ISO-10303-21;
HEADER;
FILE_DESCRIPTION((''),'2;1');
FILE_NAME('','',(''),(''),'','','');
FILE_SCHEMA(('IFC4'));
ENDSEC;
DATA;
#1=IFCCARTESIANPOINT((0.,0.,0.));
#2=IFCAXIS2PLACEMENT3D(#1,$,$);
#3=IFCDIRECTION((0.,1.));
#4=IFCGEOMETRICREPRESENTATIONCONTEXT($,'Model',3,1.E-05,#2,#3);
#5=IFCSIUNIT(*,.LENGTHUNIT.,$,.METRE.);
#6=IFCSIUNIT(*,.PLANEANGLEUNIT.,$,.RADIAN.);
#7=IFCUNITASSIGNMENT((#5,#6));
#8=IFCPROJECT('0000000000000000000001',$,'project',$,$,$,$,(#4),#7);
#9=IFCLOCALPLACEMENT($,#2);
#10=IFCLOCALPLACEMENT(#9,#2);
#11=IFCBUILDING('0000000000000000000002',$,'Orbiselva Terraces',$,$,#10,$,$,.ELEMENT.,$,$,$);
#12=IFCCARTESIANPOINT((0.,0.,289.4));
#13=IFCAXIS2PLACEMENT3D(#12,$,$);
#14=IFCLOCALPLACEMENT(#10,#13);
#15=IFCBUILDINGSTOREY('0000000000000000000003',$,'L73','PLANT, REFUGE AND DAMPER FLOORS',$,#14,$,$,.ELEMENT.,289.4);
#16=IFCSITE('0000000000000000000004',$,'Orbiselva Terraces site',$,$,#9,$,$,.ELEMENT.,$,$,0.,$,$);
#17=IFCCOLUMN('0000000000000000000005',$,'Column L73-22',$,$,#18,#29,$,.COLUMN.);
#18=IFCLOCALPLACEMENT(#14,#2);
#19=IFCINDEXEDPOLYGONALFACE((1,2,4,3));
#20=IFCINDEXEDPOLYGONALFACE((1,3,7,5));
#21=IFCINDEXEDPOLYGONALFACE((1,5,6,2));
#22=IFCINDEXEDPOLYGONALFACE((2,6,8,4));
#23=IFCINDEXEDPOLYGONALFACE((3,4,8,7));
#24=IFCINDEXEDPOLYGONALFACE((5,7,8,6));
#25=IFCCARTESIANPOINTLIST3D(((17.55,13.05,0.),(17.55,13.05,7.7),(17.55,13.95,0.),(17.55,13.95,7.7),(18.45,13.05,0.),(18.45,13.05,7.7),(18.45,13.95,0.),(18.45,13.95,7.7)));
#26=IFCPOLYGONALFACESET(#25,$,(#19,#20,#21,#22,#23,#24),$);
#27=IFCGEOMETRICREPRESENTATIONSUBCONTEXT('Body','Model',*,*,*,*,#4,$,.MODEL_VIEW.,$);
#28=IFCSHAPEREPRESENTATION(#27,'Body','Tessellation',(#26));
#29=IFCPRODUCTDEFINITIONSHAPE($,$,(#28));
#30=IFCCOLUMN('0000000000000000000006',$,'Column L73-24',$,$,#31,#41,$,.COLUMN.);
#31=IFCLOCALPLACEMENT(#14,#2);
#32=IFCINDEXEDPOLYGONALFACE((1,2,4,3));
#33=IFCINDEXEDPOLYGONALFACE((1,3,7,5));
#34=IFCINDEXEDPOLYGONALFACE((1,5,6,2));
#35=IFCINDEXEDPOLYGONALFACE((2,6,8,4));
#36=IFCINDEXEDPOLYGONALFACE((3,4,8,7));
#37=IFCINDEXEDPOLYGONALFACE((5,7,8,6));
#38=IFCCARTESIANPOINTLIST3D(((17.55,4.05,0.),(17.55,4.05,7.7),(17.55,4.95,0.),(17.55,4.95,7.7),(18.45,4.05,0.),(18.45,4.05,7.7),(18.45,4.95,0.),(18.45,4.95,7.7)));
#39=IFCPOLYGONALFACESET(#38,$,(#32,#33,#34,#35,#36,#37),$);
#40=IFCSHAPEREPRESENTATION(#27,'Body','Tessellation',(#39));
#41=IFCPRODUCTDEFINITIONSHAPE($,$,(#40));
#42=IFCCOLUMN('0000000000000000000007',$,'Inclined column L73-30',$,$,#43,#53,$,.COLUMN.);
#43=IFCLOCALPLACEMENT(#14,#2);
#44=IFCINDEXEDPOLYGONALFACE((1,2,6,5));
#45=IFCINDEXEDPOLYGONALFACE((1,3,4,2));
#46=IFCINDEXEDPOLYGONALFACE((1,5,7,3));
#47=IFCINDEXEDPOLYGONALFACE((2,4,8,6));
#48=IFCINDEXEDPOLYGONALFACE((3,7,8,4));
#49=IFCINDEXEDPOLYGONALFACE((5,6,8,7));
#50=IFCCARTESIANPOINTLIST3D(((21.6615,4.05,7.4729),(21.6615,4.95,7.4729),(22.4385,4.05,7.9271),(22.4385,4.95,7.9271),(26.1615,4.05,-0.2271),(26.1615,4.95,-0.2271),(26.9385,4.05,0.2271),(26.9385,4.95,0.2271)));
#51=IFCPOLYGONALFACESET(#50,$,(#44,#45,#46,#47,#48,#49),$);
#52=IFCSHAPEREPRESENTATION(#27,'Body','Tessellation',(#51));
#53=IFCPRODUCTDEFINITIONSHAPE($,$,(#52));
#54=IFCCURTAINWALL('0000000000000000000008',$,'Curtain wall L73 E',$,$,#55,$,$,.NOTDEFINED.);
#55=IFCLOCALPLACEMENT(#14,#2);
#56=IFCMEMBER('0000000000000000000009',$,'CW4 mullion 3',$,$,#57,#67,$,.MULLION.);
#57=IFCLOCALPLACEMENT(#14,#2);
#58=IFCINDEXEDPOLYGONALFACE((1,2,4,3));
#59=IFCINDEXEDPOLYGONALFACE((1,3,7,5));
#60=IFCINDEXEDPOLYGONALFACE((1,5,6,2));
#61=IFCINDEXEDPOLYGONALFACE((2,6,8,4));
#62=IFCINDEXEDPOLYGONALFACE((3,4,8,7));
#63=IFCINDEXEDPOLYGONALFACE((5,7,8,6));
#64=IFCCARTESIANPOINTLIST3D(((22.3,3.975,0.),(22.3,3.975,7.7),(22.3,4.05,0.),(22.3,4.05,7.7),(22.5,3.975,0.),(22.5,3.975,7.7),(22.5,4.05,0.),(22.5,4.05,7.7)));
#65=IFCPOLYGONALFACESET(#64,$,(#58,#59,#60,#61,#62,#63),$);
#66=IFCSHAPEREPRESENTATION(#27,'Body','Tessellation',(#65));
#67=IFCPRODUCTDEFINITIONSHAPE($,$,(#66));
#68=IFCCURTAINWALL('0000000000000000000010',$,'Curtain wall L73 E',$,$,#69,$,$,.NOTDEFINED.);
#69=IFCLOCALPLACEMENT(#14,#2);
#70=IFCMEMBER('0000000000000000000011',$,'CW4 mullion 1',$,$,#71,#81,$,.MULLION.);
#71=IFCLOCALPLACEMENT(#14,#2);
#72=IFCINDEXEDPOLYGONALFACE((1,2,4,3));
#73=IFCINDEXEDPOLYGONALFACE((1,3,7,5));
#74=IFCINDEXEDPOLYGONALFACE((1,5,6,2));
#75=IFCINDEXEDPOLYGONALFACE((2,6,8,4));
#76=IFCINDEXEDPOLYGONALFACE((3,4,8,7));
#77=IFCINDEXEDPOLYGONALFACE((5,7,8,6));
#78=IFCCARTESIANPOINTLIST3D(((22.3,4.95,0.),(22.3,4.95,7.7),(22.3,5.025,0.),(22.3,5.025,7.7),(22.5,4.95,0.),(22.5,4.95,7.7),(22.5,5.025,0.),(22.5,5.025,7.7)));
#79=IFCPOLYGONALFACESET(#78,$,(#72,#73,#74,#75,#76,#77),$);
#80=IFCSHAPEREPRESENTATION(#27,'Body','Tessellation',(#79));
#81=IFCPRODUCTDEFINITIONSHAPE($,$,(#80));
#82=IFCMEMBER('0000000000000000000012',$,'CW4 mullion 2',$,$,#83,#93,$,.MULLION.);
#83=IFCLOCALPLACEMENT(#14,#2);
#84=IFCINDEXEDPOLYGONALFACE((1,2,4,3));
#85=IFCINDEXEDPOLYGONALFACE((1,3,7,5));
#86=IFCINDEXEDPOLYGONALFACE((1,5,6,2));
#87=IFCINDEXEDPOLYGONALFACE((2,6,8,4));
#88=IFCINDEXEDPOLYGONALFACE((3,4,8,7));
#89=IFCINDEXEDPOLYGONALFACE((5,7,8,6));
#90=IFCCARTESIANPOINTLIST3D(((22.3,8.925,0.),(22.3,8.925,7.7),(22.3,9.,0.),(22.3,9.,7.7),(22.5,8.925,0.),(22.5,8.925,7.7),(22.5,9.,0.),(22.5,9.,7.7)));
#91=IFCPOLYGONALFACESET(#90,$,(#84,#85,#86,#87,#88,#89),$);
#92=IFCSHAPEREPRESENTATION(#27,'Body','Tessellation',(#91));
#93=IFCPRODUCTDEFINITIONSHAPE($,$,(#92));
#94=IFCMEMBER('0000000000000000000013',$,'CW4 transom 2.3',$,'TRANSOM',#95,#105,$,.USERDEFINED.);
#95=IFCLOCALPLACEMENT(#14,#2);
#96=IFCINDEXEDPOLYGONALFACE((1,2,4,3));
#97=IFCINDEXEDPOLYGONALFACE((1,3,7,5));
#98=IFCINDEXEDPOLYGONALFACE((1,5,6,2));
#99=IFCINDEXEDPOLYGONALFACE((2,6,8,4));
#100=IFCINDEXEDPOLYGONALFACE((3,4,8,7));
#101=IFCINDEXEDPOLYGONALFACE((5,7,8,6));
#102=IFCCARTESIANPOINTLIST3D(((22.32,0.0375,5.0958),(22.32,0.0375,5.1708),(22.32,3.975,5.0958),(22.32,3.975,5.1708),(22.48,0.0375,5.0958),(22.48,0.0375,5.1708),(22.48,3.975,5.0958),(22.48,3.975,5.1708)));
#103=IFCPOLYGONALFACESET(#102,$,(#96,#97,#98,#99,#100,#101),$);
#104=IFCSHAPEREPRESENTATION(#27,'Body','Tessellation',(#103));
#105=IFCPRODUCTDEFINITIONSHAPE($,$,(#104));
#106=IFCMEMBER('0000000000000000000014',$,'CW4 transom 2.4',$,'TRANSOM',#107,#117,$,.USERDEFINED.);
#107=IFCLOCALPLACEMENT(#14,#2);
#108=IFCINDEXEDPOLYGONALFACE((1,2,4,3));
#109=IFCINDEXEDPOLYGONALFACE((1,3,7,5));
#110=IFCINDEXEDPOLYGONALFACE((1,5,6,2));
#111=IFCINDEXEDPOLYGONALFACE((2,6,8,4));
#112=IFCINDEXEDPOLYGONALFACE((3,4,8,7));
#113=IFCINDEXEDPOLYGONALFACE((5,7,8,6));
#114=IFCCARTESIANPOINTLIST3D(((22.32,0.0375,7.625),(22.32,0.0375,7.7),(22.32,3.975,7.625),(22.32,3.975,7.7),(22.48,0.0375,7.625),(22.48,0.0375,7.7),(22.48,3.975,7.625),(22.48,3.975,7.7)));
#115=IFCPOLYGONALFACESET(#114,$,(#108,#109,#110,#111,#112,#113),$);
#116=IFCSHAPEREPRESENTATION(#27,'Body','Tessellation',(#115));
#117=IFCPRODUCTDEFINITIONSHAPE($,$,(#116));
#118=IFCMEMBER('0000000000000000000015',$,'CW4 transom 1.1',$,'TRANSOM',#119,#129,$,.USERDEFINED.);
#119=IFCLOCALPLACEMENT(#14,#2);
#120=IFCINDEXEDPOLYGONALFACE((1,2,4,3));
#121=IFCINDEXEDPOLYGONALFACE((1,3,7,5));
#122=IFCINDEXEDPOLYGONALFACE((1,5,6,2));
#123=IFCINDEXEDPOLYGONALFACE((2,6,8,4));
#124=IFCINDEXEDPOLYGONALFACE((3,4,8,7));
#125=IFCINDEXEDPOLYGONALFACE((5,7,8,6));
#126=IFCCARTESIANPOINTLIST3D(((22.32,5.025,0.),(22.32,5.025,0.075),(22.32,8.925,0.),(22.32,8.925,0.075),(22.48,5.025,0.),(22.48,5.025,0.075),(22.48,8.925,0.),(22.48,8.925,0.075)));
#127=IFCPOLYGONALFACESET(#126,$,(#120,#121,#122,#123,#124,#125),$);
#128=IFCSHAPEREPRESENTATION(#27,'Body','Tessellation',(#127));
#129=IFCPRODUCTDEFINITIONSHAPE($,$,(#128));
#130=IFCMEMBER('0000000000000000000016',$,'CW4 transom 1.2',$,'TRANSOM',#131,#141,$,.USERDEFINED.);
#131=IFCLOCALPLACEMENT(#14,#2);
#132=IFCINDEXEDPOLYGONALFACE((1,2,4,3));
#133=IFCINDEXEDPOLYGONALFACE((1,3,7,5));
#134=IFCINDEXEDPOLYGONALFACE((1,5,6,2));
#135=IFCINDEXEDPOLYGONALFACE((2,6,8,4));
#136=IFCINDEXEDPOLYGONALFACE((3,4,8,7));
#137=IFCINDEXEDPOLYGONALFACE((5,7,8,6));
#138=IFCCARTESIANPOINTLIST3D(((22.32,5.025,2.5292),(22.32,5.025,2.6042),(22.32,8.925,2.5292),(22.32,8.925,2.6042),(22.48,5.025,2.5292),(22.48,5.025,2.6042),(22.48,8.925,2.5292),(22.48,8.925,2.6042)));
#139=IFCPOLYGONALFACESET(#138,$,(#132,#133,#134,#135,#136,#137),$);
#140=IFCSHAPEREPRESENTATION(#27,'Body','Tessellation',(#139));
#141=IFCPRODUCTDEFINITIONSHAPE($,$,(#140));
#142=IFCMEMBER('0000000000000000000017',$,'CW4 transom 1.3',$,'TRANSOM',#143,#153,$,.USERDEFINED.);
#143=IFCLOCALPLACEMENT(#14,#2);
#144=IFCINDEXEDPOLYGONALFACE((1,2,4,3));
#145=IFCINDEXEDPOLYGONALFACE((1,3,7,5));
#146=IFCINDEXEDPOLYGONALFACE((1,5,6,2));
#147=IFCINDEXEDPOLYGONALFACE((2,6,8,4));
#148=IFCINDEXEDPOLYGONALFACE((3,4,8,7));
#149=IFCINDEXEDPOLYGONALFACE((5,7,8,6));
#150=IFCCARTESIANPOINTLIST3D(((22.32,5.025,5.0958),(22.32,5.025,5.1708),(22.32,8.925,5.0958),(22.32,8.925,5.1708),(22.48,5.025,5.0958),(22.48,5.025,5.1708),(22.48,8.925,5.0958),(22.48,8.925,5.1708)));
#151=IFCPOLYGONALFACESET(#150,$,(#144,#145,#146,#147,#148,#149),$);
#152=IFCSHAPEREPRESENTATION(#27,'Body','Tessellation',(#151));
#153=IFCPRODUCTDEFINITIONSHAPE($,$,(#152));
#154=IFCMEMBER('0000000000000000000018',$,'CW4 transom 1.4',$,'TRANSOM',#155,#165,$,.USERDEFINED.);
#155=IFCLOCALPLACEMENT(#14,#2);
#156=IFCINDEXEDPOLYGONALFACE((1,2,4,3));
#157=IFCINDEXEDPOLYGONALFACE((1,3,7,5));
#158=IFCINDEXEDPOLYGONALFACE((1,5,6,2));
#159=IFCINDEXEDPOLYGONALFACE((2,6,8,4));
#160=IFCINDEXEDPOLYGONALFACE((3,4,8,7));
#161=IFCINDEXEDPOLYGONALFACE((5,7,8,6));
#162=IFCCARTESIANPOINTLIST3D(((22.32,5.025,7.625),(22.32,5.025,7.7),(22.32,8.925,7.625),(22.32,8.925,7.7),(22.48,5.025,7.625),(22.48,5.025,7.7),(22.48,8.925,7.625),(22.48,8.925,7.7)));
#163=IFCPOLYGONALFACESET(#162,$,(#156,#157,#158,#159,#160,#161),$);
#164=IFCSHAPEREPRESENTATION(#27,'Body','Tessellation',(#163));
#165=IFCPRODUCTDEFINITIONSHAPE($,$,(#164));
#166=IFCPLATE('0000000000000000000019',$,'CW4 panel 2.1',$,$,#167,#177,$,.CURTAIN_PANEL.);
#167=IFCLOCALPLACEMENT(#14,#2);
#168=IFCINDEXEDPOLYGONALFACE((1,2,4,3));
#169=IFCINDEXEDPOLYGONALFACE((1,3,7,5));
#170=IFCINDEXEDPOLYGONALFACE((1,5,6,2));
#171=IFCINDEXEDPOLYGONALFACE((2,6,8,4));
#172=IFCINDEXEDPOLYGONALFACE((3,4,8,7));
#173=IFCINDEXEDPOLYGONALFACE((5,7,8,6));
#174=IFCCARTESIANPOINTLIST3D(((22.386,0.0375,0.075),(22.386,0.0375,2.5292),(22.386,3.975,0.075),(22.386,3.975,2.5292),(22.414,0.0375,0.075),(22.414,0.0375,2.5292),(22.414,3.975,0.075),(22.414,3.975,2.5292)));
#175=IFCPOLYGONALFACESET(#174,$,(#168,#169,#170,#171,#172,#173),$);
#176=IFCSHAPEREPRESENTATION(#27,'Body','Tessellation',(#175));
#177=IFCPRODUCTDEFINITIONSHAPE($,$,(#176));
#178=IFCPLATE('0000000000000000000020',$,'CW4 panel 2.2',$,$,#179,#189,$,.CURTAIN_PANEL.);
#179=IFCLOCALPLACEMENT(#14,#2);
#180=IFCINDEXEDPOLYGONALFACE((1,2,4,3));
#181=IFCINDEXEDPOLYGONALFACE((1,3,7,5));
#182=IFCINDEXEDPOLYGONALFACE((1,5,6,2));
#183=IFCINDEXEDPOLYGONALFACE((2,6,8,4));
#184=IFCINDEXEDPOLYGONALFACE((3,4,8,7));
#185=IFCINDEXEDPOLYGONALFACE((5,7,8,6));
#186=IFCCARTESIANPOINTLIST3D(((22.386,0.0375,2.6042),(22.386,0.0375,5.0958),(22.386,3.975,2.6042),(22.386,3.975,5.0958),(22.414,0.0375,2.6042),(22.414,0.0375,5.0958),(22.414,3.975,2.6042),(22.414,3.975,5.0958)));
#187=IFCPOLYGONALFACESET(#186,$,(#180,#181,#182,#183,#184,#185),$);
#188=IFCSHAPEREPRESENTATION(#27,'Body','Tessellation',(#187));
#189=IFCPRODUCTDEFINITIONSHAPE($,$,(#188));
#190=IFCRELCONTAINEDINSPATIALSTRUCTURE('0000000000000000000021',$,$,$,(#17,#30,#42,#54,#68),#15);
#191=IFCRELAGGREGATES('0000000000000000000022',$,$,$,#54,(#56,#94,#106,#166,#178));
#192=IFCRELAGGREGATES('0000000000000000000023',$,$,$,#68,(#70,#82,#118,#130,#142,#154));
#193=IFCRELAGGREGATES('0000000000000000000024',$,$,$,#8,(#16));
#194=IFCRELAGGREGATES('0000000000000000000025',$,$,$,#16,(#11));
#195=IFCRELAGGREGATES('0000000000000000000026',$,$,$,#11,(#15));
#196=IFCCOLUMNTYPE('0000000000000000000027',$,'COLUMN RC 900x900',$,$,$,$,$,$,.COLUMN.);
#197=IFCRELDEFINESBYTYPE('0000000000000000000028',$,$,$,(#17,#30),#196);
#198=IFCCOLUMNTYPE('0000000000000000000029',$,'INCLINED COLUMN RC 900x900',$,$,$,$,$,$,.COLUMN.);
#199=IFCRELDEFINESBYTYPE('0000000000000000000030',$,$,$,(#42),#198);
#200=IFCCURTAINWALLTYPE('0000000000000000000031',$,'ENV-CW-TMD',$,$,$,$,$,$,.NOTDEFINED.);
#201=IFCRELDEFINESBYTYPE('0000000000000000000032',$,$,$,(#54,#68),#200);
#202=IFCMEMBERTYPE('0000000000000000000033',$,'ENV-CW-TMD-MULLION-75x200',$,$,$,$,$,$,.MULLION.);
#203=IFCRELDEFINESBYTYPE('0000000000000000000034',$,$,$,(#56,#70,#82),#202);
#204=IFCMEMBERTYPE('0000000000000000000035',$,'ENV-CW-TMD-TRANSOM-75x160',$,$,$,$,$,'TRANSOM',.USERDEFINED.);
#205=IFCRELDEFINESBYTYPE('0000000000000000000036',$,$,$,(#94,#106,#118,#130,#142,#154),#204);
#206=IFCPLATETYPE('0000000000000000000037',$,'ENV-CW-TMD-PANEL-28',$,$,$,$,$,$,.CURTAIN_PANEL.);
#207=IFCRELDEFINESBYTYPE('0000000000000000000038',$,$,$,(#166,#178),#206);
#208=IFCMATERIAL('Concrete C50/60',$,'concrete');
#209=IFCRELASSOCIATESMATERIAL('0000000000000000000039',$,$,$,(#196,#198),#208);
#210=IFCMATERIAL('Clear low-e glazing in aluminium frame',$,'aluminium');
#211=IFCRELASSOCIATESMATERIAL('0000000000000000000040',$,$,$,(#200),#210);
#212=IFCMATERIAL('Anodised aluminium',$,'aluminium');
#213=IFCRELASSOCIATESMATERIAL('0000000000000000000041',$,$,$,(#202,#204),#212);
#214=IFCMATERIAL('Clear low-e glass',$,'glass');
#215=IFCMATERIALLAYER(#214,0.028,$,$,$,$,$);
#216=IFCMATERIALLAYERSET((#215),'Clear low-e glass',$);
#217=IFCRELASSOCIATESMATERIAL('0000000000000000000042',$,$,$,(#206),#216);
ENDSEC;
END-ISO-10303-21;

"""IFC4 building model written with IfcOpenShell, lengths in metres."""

from ifc_helpers import new_model, si_unit, direction, frame, origin, origin_2d, place, context, subcontext, project, spatial, rectangle, extrude, material, layer, layer_set, material_profile, profile_set, type_object, element, aggregate, save


model = new_model("IFC4")

# Units and contexts
model_context = context("Model", 3, precision=1e-05, world=origin(), true_north=direction((0.0, 1.0)))
body_context = subcontext(model_context, "Body", "Model", "MODEL_VIEW")
ifc_project = project(units=[si_unit("LENGTHUNIT", "METRE"), si_unit("PLANEANGLEUNIT", "RADIAN")], contexts=[model_context])

# Site, building, storey
site_placement = place(None, origin())
site = spatial("IfcSite", under=ifc_project, at=site_placement, Name="Orbiselva Terraces site", CompositionType="ELEMENT", RefElevation=0.0)
building_placement = place(site_placement, origin())
building = spatial("IfcBuilding", under=site, at=building_placement, Name="Orbiselva Terraces", CompositionType="ELEMENT")
storey_placement = place(building_placement, frame((0.0, 0.0, 289.4)))
storey = spatial("IfcBuildingStorey", under=building, at=storey_placement, Name="L73", Description="PLANT, REFUGE AND DAMPER FLOORS", CompositionType="ELEMENT", Elevation=289.4)

# Columns
ifc_material_1 = material(Name="Concrete C50/60", Category="concrete")
ifc_material_profile_1 = material_profile(ifc_material_1, rectangle(XDim=0.9, YDim=0.9, at=origin_2d()), Name="RC 900x900")
ifc_profile_set_1 = profile_set([ifc_material_profile_1], Name="Concrete C50/60")
column_type_1 = type_object("IfcColumnType", Name="COLUMN RC 900x900", PredefinedType="COLUMN", material=ifc_profile_set_1)
for number, where, z_axis, x_axis, name in (
    (1, (18.0, 13.5, 0.0), (0.0, 0.0, 1.0), (1.0, 0.0, 0.0), "Column L73-22"),
    (2, (18.0, 4.5, 0.0), (0.0, 0.0, 1.0), (1.0, 0.0, 0.0), "Column L73-24"),
):
    element("IfcColumn", number, at=place(storey_placement, frame(where, z_axis=z_axis, x_axis=x_axis)), inside=storey, type_object=column_type_1, Name=name, PredefinedType="COLUMN", context=body_context, shape_type="SweptSolid", body=[
        extrude(rectangle(XDim=0.9, YDim=0.9, at=origin_2d()), origin(), (0.0, 0.0, 1.0), 7.7),
    ])
ifc_material_profile_2 = material_profile(ifc_material_1, rectangle(XDim=0.9, YDim=0.9, at=origin_2d()), Name="RC 900x900")
ifc_profile_set_2 = profile_set([ifc_material_profile_2], Name="Concrete C50/60")
column_type_2 = type_object("IfcColumnType", Name="INCLINED COLUMN RC 900x900", PredefinedType="COLUMN", material=ifc_profile_set_2)
column_placement = place(storey_placement, frame((26.55, 4.5, 0.0), z_axis=(-0.504568, 0.0, 0.863372), x_axis=(0.0, -1.0, 0.0)))
element("IfcColumn", 3, at=column_placement, inside=storey, type_object=column_type_2, Name="Inclined column L73-30", PredefinedType="COLUMN", context=body_context, shape_type="SweptSolid", body=[
    extrude(rectangle(XDim=0.9, YDim=0.9, at=origin_2d()), origin(), (0.0, 0.0, 1.0), 8.9185),
])

# Curtain wall, member
ifc_material_2 = material(Name="Clear low-e glazing in aluminium frame", Category="aluminium")
curtain_wall_type = type_object("IfcCurtainWallType", Name="ENV-CW-TMD", PredefinedType="NOTDEFINED", material=ifc_material_2)
curtain_wall_1_placement = place(storey_placement, origin())
curtain_wall_1 = element("IfcCurtainWall", 4, at=curtain_wall_1_placement, inside=storey, type_object=curtain_wall_type, Name="Curtain wall L73 E", PredefinedType="NOTDEFINED")
ifc_material_3 = material(Name="Anodised aluminium", Category="aluminium")
ifc_material_profile_3 = material_profile(ifc_material_3, rectangle(XDim=0.2, YDim=0.075, at=origin_2d()), Name="AL 75x200")
ifc_profile_set_3 = profile_set([ifc_material_profile_3], Name="Anodised aluminium")
member_type_1 = type_object("IfcMemberType", Name="ENV-CW-TMD-MULLION-75x200", PredefinedType="MULLION", material=ifc_profile_set_3)
member_1_placement = place(storey_placement, frame((22.4, 4.0125, 0.0), z_axis=(0.0, 0.0, 1.0), x_axis=(-1.0, 0.0, 0.0)))
member_1 = element("IfcMember", 5, at=member_1_placement, type_object=member_type_1, Name="CW4 mullion 3", PredefinedType="MULLION", context=body_context, shape_type="SweptSolid", body=[
    extrude(rectangle(XDim=0.2, YDim=0.075, at=origin_2d()), origin(), (0.0, 0.0, 1.0), 7.7),
])

# Curtain wall, members
curtain_wall_2_placement = place(storey_placement, origin())
curtain_wall_2 = element("IfcCurtainWall", 6, at=curtain_wall_2_placement, inside=storey, type_object=curtain_wall_type, Name="Curtain wall L73 E", PredefinedType="NOTDEFINED")
member_2_placement = place(storey_placement, frame((22.4, 4.9875, 0.0), z_axis=(0.0, 0.0, 1.0), x_axis=(-1.0, 0.0, 0.0)))
member_2 = element("IfcMember", 7, at=member_2_placement, type_object=member_type_1, Name="CW4 mullion 1", PredefinedType="MULLION", context=body_context, shape_type="SweptSolid", body=[
    extrude(rectangle(XDim=0.2, YDim=0.075, at=origin_2d()), origin(), (0.0, 0.0, 1.0), 7.7),
])
member_3_placement = place(storey_placement, frame((22.4, 8.9625, 0.0), z_axis=(0.0, 0.0, 1.0), x_axis=(-1.0, 0.0, 0.0)))
member_3 = element("IfcMember", 8, at=member_3_placement, type_object=member_type_1, Name="CW4 mullion 2", PredefinedType="MULLION", context=body_context, shape_type="SweptSolid", body=[
    extrude(rectangle(XDim=0.2, YDim=0.075, at=origin_2d()), origin(), (0.0, 0.0, 1.0), 7.7),
])

# Members
ifc_material_profile_4 = material_profile(ifc_material_3, rectangle(XDim=0.16, YDim=0.075, at=origin_2d()), Name="AL 75x160")
ifc_profile_set_4 = profile_set([ifc_material_profile_4], Name="Anodised aluminium")
member_type_2 = type_object("IfcMemberType", Name="ENV-CW-TMD-TRANSOM-75x160", ElementType="TRANSOM", PredefinedType="USERDEFINED", material=ifc_profile_set_4)
member_4_placement = place(storey_placement, frame((22.4, 0.0375, 5.1333), z_axis=(0.0, 1.0, 0.0), x_axis=(-1.0, 0.0, 0.0)))
member_4 = element("IfcMember", 9, at=member_4_placement, type_object=member_type_2, Name="CW4 transom 2.3", ObjectType="TRANSOM", PredefinedType="USERDEFINED", context=body_context, shape_type="SweptSolid", body=[
    extrude(rectangle(XDim=0.16, YDim=0.075, at=origin_2d()), origin(), (0.0, 0.0, 1.0), 3.9375),
])
member_5_placement = place(storey_placement, frame((22.4, 0.0375, 7.6625), z_axis=(0.0, 1.0, 0.0), x_axis=(-1.0, 0.0, 0.0)))
member_5 = element("IfcMember", 10, at=member_5_placement, type_object=member_type_2, Name="CW4 transom 2.4", ObjectType="TRANSOM", PredefinedType="USERDEFINED", context=body_context, shape_type="SweptSolid", body=[
    extrude(rectangle(XDim=0.16, YDim=0.075, at=origin_2d()), origin(), (0.0, 0.0, 1.0), 3.9375),
])
member_6_placement = place(storey_placement, frame((22.4, 5.025, 0.0375), z_axis=(0.0, 1.0, 0.0), x_axis=(-1.0, 0.0, 0.0)))
member_6 = element("IfcMember", 11, at=member_6_placement, type_object=member_type_2, Name="CW4 transom 1.1", ObjectType="TRANSOM", PredefinedType="USERDEFINED", context=body_context, shape_type="SweptSolid", body=[
    extrude(rectangle(XDim=0.16, YDim=0.075, at=origin_2d()), origin(), (0.0, 0.0, 1.0), 3.9),
])
member_7_placement = place(storey_placement, frame((22.4, 5.025, 2.5667), z_axis=(0.0, 1.0, 0.0), x_axis=(-1.0, 0.0, 0.0)))
member_7 = element("IfcMember", 12, at=member_7_placement, type_object=member_type_2, Name="CW4 transom 1.2", ObjectType="TRANSOM", PredefinedType="USERDEFINED", context=body_context, shape_type="SweptSolid", body=[
    extrude(rectangle(XDim=0.16, YDim=0.075, at=origin_2d()), origin(), (0.0, 0.0, 1.0), 3.9),
])
member_8_placement = place(storey_placement, frame((22.4, 5.025, 5.1333), z_axis=(0.0, 1.0, 0.0), x_axis=(-1.0, 0.0, 0.0)))
member_8 = element("IfcMember", 13, at=member_8_placement, type_object=member_type_2, Name="CW4 transom 1.3", ObjectType="TRANSOM", PredefinedType="USERDEFINED", context=body_context, shape_type="SweptSolid", body=[
    extrude(rectangle(XDim=0.16, YDim=0.075, at=origin_2d()), origin(), (0.0, 0.0, 1.0), 3.9),
])
member_9_placement = place(storey_placement, frame((22.4, 5.025, 7.6625), z_axis=(0.0, 1.0, 0.0), x_axis=(-1.0, 0.0, 0.0)))
member_9 = element("IfcMember", 14, at=member_9_placement, type_object=member_type_2, Name="CW4 transom 1.4", ObjectType="TRANSOM", PredefinedType="USERDEFINED", context=body_context, shape_type="SweptSolid", body=[
    extrude(rectangle(XDim=0.16, YDim=0.075, at=origin_2d()), origin(), (0.0, 0.0, 1.0), 3.9),
])

# Plates
ifc_material_4 = material(Name="Clear low-e glass", Category="glass")
ifc_layer_1 = layer(ifc_material_4, 0.028)
ifc_layer_set_1 = layer_set([ifc_layer_1], Name="Clear low-e glass")
plate_type = type_object("IfcPlateType", Name="ENV-CW-TMD-PANEL-28", PredefinedType="CURTAIN_PANEL", material=ifc_layer_set_1)
plate_1_placement = place(storey_placement, frame((22.4, 2.0063, 0.075), z_axis=(0.0, 0.0, 1.0), x_axis=(0.0, 1.0, 0.0)))
plate_1 = element("IfcPlate", 15, at=plate_1_placement, type_object=plate_type, Name="CW4 panel 2.1", PredefinedType="CURTAIN_PANEL", context=body_context, shape_type="SweptSolid", body=[
    extrude(rectangle(XDim=3.9375, YDim=0.028, at=origin_2d()), origin(), (0.0, 0.0, 1.0), 2.4542),
])
plate_2_placement = place(storey_placement, frame((22.4, 2.0063, 2.6042), z_axis=(0.0, 0.0, 1.0), x_axis=(0.0, 1.0, 0.0)))
plate_2 = element("IfcPlate", 16, at=plate_2_placement, type_object=plate_type, Name="CW4 panel 2.2", PredefinedType="CURTAIN_PANEL", context=body_context, shape_type="SweptSolid", body=[
    extrude(rectangle(XDim=3.9375, YDim=0.028, at=origin_2d()), origin(), (0.0, 0.0, 1.0), 2.4917),
])
aggregate(curtain_wall_1, [member_1, member_4, member_5, plate_1, plate_2])
aggregate(curtain_wall_2, [member_2, member_3, member_6, member_7, member_8, member_9])

save(model, "model.ifc")
